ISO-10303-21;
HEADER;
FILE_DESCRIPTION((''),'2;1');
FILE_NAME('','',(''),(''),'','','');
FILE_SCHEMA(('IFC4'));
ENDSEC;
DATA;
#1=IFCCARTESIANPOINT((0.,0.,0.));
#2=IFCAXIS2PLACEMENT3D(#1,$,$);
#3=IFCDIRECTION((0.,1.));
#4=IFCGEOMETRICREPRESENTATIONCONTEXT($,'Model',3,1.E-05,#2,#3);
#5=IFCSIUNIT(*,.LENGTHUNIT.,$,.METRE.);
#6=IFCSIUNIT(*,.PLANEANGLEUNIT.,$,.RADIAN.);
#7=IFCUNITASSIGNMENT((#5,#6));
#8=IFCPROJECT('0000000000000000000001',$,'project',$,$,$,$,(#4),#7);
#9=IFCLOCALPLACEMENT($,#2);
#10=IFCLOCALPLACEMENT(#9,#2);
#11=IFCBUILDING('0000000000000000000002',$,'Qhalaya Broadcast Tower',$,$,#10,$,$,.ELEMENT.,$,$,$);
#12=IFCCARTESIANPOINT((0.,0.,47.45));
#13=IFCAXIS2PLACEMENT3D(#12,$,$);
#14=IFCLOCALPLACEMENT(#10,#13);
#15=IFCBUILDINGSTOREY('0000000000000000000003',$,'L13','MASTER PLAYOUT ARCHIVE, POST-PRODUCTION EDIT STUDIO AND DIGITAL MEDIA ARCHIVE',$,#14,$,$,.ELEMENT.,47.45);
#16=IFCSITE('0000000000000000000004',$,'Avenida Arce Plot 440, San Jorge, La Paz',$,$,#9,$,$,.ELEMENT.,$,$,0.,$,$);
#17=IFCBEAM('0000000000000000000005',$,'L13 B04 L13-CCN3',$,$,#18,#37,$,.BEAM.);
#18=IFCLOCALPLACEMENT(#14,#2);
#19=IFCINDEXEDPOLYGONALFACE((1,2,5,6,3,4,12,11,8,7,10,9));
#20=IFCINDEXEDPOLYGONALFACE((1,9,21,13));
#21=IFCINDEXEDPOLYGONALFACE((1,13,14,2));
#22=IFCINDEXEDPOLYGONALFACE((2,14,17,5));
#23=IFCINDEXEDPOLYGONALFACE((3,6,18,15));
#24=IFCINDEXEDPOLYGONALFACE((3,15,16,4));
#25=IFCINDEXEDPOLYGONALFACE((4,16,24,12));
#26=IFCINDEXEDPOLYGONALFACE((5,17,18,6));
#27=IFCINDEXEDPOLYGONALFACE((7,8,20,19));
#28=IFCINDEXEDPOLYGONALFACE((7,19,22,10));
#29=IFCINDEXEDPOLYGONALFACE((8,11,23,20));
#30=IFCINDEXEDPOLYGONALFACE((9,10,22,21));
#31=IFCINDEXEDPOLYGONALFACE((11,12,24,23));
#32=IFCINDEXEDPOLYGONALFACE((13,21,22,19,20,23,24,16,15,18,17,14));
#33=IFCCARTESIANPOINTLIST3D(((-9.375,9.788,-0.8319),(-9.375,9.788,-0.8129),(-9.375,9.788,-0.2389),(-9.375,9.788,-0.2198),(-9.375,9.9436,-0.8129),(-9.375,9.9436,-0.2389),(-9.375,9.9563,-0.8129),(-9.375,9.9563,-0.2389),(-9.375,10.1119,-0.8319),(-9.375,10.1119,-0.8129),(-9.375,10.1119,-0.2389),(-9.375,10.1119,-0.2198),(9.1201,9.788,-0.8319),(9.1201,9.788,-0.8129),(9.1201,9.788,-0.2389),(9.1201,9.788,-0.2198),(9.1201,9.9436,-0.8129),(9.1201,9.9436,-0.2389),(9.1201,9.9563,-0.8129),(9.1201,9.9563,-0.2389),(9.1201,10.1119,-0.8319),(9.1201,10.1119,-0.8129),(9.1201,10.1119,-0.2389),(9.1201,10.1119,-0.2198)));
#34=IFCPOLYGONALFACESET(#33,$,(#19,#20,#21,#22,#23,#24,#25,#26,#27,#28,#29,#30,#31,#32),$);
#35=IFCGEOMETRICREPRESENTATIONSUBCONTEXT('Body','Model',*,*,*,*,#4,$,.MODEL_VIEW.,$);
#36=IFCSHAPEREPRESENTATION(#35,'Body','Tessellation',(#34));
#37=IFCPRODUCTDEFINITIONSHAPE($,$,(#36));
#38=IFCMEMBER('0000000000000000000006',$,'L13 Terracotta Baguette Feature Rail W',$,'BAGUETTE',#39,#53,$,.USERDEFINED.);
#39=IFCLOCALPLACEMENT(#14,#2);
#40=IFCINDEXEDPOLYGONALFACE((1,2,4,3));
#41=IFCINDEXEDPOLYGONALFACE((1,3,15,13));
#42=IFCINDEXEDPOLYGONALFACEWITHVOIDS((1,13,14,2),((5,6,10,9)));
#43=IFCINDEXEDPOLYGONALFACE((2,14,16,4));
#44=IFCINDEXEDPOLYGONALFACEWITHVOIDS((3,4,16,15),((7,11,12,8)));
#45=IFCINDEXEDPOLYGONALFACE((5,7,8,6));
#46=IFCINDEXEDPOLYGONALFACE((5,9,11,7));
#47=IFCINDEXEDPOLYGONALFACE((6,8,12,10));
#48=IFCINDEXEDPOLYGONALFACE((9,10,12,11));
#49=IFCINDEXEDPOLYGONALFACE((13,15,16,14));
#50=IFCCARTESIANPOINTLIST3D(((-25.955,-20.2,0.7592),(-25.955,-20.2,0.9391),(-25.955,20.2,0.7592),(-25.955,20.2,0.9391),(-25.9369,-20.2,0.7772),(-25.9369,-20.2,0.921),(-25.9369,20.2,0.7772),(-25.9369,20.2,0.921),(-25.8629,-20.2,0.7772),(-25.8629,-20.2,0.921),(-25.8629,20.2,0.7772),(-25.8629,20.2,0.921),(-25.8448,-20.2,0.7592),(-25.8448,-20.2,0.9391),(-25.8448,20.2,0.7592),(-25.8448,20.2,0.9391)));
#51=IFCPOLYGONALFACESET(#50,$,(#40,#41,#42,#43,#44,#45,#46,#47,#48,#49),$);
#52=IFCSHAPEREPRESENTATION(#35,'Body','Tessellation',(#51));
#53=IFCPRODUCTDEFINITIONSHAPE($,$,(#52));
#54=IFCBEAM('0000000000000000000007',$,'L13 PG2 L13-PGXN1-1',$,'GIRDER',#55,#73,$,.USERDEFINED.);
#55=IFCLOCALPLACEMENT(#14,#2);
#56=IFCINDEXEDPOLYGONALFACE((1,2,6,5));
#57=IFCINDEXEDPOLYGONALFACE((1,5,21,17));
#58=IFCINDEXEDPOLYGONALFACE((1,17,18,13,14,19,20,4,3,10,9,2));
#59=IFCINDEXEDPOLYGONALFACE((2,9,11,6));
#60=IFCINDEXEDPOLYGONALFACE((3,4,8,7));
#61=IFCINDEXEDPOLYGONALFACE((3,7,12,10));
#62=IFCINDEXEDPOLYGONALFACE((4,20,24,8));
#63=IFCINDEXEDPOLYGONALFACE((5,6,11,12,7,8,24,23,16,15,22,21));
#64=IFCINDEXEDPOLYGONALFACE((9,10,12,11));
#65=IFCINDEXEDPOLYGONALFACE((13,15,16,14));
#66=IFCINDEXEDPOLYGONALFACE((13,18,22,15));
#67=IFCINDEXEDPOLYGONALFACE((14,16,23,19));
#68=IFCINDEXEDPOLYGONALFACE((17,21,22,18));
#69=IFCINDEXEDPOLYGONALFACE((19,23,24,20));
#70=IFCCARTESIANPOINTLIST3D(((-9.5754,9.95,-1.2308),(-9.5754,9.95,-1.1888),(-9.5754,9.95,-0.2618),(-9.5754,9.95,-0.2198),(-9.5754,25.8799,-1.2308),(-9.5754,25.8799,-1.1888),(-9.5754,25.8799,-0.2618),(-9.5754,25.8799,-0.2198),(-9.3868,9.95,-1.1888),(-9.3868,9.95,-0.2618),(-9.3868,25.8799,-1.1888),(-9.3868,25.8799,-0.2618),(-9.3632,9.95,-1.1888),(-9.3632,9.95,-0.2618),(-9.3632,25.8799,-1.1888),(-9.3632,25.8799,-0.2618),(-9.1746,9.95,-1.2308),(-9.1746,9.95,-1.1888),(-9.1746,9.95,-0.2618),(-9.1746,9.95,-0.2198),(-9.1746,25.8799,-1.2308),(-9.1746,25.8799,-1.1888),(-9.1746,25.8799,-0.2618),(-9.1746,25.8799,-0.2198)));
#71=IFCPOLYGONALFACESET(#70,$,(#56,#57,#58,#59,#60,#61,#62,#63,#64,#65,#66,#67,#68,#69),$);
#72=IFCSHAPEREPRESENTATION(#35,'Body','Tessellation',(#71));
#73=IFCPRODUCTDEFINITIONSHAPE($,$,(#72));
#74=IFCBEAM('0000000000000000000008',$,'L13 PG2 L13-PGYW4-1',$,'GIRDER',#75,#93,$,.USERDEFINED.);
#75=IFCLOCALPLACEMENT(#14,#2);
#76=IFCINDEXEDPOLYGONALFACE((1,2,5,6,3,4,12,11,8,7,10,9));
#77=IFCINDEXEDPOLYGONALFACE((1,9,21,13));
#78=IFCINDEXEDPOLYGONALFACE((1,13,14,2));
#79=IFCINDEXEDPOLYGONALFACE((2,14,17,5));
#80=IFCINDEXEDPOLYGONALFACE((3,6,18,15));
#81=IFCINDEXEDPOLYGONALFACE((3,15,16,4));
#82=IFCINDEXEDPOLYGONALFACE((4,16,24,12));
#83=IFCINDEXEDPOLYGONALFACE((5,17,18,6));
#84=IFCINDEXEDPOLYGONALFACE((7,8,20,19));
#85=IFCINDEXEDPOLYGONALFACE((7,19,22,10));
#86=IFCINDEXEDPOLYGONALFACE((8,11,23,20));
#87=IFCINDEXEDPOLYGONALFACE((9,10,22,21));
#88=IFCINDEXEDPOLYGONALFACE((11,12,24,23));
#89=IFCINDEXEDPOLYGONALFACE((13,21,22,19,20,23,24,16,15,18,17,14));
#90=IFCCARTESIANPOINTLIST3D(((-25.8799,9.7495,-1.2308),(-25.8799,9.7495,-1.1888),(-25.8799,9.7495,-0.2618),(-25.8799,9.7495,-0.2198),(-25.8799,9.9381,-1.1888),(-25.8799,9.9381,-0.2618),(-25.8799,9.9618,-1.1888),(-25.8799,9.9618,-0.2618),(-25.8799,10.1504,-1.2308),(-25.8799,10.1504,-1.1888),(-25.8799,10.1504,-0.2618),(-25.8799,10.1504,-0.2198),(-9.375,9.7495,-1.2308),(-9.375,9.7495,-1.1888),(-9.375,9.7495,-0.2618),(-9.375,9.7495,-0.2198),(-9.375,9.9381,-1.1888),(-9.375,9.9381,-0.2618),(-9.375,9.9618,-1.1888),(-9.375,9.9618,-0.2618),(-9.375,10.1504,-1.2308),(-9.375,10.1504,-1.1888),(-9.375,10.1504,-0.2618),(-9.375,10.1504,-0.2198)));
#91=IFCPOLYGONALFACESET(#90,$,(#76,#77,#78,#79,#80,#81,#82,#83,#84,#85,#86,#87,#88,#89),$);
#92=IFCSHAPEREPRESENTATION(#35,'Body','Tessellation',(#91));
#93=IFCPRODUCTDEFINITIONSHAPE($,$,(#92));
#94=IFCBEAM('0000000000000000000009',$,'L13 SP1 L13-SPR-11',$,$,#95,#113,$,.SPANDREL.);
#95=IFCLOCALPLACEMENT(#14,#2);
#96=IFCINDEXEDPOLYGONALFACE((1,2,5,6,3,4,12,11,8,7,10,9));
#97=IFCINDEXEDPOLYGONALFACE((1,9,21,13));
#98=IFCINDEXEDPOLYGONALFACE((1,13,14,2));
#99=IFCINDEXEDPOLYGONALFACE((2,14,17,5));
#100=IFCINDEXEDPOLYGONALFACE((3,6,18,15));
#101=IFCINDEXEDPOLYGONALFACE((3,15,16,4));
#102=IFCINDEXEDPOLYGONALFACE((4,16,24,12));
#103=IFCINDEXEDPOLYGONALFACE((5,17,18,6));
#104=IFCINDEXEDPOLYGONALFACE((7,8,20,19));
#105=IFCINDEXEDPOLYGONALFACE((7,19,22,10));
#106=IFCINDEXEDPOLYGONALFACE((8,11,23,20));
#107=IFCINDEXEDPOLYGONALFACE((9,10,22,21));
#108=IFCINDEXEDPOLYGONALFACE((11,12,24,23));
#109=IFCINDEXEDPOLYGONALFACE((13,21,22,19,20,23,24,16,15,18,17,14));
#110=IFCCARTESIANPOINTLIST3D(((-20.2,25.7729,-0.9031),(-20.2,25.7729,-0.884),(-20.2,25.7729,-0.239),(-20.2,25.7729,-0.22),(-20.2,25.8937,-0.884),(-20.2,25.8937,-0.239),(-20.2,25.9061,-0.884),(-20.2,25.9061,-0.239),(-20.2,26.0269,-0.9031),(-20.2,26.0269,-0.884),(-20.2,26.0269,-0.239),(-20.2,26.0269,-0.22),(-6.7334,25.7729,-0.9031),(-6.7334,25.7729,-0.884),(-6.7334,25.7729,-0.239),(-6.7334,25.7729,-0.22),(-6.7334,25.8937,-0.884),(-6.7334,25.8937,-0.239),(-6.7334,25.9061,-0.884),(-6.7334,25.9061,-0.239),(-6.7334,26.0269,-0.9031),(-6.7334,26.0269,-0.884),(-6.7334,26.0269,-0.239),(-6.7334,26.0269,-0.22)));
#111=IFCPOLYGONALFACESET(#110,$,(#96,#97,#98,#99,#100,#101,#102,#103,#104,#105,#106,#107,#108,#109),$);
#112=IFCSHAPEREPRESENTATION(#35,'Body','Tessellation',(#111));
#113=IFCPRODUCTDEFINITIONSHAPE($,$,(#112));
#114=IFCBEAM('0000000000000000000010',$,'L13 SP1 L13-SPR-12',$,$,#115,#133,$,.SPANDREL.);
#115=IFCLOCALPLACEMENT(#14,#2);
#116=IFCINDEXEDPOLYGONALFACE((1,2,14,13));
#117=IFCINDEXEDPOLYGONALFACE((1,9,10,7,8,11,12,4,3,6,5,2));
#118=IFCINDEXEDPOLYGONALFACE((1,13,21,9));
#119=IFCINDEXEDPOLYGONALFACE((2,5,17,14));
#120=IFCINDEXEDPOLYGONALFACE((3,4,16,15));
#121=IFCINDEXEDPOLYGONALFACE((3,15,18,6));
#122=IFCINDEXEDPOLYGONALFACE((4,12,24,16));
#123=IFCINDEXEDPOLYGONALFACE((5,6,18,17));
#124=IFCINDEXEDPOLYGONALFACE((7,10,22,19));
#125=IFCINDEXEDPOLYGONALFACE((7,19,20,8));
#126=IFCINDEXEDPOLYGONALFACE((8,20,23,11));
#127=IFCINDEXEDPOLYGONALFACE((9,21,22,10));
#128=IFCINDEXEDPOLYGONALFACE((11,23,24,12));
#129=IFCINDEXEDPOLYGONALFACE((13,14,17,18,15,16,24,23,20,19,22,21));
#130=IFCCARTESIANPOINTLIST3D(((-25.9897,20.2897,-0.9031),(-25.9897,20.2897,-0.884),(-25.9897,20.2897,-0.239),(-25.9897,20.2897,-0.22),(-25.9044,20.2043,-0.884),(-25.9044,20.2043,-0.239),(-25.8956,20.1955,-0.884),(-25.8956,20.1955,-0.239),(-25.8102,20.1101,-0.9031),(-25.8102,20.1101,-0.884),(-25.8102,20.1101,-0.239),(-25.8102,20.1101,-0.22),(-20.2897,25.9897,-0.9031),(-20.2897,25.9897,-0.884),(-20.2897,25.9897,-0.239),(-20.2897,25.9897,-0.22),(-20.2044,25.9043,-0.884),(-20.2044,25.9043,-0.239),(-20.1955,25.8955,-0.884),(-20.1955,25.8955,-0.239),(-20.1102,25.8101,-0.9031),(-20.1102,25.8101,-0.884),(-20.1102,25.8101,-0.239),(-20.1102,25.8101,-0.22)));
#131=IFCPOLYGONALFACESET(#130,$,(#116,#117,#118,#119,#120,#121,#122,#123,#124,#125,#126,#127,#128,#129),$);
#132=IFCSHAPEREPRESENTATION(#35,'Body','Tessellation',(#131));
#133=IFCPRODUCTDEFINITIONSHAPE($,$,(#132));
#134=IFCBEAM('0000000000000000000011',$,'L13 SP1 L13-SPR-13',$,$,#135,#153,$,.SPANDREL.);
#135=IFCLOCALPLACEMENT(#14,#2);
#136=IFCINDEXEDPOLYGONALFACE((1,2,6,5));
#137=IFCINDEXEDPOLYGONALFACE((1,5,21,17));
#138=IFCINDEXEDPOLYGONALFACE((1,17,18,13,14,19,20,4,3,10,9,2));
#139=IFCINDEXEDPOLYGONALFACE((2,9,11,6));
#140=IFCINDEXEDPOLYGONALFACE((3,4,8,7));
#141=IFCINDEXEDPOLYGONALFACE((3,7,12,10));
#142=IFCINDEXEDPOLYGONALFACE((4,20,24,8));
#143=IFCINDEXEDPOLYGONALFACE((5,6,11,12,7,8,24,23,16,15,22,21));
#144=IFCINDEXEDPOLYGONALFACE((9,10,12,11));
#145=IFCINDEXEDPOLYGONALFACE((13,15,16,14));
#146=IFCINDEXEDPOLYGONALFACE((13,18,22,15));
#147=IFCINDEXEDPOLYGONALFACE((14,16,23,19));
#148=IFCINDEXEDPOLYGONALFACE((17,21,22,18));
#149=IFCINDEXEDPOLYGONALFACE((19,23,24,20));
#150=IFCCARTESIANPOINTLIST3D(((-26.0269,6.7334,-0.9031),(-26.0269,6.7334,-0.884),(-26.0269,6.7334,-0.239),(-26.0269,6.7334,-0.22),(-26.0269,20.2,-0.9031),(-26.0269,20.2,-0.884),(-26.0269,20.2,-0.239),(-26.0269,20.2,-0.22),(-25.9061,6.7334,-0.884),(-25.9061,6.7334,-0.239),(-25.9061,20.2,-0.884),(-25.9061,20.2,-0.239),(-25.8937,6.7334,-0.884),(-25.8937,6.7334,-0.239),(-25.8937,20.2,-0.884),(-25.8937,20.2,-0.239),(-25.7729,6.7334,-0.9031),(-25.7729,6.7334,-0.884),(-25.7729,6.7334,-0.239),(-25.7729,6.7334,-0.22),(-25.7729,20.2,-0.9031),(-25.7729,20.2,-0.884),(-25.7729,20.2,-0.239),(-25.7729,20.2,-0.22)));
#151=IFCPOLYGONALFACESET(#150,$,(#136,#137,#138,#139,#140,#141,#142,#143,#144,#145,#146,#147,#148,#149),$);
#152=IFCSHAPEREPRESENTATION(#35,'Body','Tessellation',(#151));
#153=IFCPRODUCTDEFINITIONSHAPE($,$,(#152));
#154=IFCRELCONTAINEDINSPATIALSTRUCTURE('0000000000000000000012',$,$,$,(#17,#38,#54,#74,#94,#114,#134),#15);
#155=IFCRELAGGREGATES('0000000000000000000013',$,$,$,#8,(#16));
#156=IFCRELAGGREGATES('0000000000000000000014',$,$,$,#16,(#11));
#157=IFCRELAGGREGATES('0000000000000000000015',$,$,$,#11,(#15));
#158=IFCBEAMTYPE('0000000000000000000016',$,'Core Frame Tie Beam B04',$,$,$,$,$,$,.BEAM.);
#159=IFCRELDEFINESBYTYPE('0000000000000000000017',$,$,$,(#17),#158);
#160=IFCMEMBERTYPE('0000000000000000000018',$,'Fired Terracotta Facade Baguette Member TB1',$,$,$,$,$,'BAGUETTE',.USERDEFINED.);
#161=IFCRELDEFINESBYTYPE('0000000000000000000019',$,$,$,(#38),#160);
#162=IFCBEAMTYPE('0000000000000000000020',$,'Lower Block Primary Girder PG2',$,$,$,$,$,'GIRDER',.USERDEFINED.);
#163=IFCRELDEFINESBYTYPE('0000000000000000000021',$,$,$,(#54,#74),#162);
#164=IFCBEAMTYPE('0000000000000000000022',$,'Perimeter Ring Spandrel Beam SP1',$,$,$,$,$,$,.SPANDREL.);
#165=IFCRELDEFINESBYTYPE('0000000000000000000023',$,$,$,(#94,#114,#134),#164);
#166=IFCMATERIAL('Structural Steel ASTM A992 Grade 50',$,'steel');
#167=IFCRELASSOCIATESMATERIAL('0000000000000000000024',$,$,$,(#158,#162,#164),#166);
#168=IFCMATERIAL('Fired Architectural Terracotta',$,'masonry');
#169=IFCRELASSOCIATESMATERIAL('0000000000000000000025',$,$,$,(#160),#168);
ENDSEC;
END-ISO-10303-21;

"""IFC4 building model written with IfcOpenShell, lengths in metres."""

from ifc_helpers import new_model, si_unit, direction, frame, origin, origin_2d, place, context, subcontext, project, spatial, hollow_rectangle, i_section, extrude, material, material_profile, profile_set, type_object, element, save


model = new_model("IFC4")

# Units and contexts
model_context = context("Model", 3, precision=1e-05, world=origin(), true_north=direction((0.0, 1.0)))
body_context = subcontext(model_context, "Body", "Model", "MODEL_VIEW")
ifc_project = project(units=[si_unit("LENGTHUNIT", "METRE"), si_unit("PLANEANGLEUNIT", "RADIAN")], contexts=[model_context])

# Site, building, storey
site_placement = place(None, origin())
site = spatial("IfcSite", under=ifc_project, at=site_placement, Name="Avenida Arce Plot 440, San Jorge, La Paz", CompositionType="ELEMENT", RefElevation=0.0)
building_placement = place(site_placement, origin())
building = spatial("IfcBuilding", under=site, at=building_placement, Name="Qhalaya Broadcast Tower", CompositionType="ELEMENT")
storey_placement = place(building_placement, frame((0.0, 0.0, 47.45)))
storey = spatial("IfcBuildingStorey", under=building, at=storey_placement, Name="L13", Description="MASTER PLAYOUT ARCHIVE, POST-PRODUCTION EDIT STUDIO AND DIGITAL MEDIA ARCHIVE", CompositionType="ELEMENT", Elevation=47.45)

# Shared definitions
ifc_material_1 = material(Name="Structural Steel ASTM A992 Grade 50", Category="steel")

# Beam
ifc_material_profile_1 = material_profile(ifc_material_1, i_section(OverallWidth=0.324, OverallDepth=0.6121, WebThickness=0.0127, FlangeThickness=0.019, at=origin_2d()), Name="W24X104")
ifc_profile_set_1 = profile_set([ifc_material_profile_1], Name="Structural Steel ASTM A992 Grade 50")
beam_type_1 = type_object("IfcBeamType", Name="Core Frame Tie Beam B04", PredefinedType="BEAM", material=ifc_profile_set_1)
beam_1_placement = place(storey_placement, frame((-9.375, 9.95, -0.5259), z_axis=(1.0, 0.0, 0.0), x_axis=(0.0, 1.0, 0.0)))
element("IfcBeam", 1, at=beam_1_placement, inside=storey, type_object=beam_type_1, Name="L13 B04 L13-CCN3", PredefinedType="BEAM", context=body_context, shape_type="SweptSolid", body=[
    extrude(i_section(OverallWidth=0.324, OverallDepth=0.6121, WebThickness=0.0127, FlangeThickness=0.019, at=origin_2d()), origin(), (0.0, 0.0, 1.0), 18.4951),
])

# Member
ifc_material_2 = material(Name="Fired Architectural Terracotta", Category="masonry")
ifc_material_profile_2 = material_profile(ifc_material_2, hollow_rectangle(XDim=0.1101, YDim=0.1799, WallThickness=0.0181, at=origin_2d()), Name="TB-BAG 110x180x18")
ifc_profile_set_2 = profile_set([ifc_material_profile_2], Name="Fired Architectural Terracotta")
member_type = type_object("IfcMemberType", Name="Fired Terracotta Facade Baguette Member TB1", ElementType="BAGUETTE", PredefinedType="USERDEFINED", material=ifc_profile_set_2)
member_placement = place(storey_placement, frame((-25.8999, 20.2, 0.8491), z_axis=(0.0, -1.0, 0.0), x_axis=(1.0, 0.0, 0.0)))
element("IfcMember", 2, at=member_placement, inside=storey, type_object=member_type, Name="L13 Terracotta Baguette Feature Rail W", ObjectType="BAGUETTE", PredefinedType="USERDEFINED", context=body_context, shape_type="SweptSolid", body=[
    extrude(hollow_rectangle(XDim=0.1101, YDim=0.1799, WallThickness=0.0181, at=origin_2d()), origin(), (0.0, 0.0, 1.0), 40.3999),
])

# Beams
ifc_material_profile_3 = material_profile(ifc_material_1, i_section(OverallWidth=0.4009, OverallDepth=1.011, WebThickness=0.0237, FlangeThickness=0.042, at=origin_2d()), Name="W40X297")
ifc_profile_set_3 = profile_set([ifc_material_profile_3], Name="Structural Steel ASTM A992 Grade 50")
beam_type_2 = type_object("IfcBeamType", Name="Lower Block Primary Girder PG2", ElementType="GIRDER", PredefinedType="USERDEFINED", material=ifc_profile_set_3)
beam_2_placement = place(storey_placement, frame((-9.375, 9.95, -0.7253), z_axis=(0.0, 1.0, 0.0), x_axis=(-1.0, 0.0, 0.0)))
element("IfcBeam", 3, at=beam_2_placement, inside=storey, type_object=beam_type_2, Name="L13 PG2 L13-PGXN1-1", ObjectType="GIRDER", PredefinedType="USERDEFINED", context=body_context, shape_type="SweptSolid", body=[
    extrude(i_section(OverallWidth=0.4009, OverallDepth=1.011, WebThickness=0.0237, FlangeThickness=0.042, at=origin_2d()), origin(), (0.0, 0.0, 1.0), 15.9299),
])
beam_3_placement = place(storey_placement, frame((-25.8799, 9.95, -0.7253), z_axis=(1.0, 0.0, 0.0), x_axis=(0.0, 1.0, 0.0)))
element("IfcBeam", 4, at=beam_3_placement, inside=storey, type_object=beam_type_2, Name="L13 PG2 L13-PGYW4-1", ObjectType="GIRDER", PredefinedType="USERDEFINED", context=body_context, shape_type="SweptSolid", body=[
    extrude(i_section(OverallWidth=0.4009, OverallDepth=1.011, WebThickness=0.0237, FlangeThickness=0.042, at=origin_2d()), origin(), (0.0, 0.0, 1.0), 16.5049),
])
ifc_material_profile_4 = material_profile(ifc_material_1, i_section(OverallWidth=0.2539, OverallDepth=0.6831, WebThickness=0.0125, FlangeThickness=0.019, at=origin_2d()), Name="W27X94")
ifc_profile_set_4 = profile_set([ifc_material_profile_4], Name="Structural Steel ASTM A992 Grade 50")
beam_type_3 = type_object("IfcBeamType", Name="Perimeter Ring Spandrel Beam SP1", PredefinedType="SPANDREL", material=ifc_profile_set_4)
beam_4_placement = place(storey_placement, frame((-6.7334, 25.8999, -0.5615), z_axis=(-1.0, 0.0, 0.0), x_axis=(0.0, -1.0, 0.0)))
element("IfcBeam", 5, at=beam_4_placement, inside=storey, type_object=beam_type_3, Name="L13 SP1 L13-SPR-11", PredefinedType="SPANDREL", context=body_context, shape_type="SweptSolid", body=[
    extrude(i_section(OverallWidth=0.2539, OverallDepth=0.6831, WebThickness=0.0125, FlangeThickness=0.019, at=origin_2d()), origin(), (0.0, 0.0, 1.0), 13.4666),
])
beam_5_placement = place(storey_placement, frame((-20.2, 25.8999, -0.5615), z_axis=(-0.707107, -0.707107, 0.0), x_axis=(0.707107, -0.707107, 0.0)))
element("IfcBeam", 6, at=beam_5_placement, inside=storey, type_object=beam_type_3, Name="L13 SP1 L13-SPR-12", PredefinedType="SPANDREL", context=body_context, shape_type="SweptSolid", body=[
    extrude(i_section(OverallWidth=0.2539, OverallDepth=0.6831, WebThickness=0.0125, FlangeThickness=0.019, at=origin_2d()), origin(), (0.0, 0.0, 1.0), 8.061),
])
beam_6_placement = place(storey_placement, frame((-25.8999, 20.2, -0.5615), z_axis=(0.0, -1.0, 0.0), x_axis=(1.0, 0.0, 0.0)))
element("IfcBeam", 7, at=beam_6_placement, inside=storey, type_object=beam_type_3, Name="L13 SP1 L13-SPR-13", PredefinedType="SPANDREL", context=body_context, shape_type="SweptSolid", body=[
    extrude(i_section(OverallWidth=0.2539, OverallDepth=0.6831, WebThickness=0.0125, FlangeThickness=0.019, at=origin_2d()), origin(), (0.0, 0.0, 1.0), 13.4666),
])

save(model, "model.ifc")
